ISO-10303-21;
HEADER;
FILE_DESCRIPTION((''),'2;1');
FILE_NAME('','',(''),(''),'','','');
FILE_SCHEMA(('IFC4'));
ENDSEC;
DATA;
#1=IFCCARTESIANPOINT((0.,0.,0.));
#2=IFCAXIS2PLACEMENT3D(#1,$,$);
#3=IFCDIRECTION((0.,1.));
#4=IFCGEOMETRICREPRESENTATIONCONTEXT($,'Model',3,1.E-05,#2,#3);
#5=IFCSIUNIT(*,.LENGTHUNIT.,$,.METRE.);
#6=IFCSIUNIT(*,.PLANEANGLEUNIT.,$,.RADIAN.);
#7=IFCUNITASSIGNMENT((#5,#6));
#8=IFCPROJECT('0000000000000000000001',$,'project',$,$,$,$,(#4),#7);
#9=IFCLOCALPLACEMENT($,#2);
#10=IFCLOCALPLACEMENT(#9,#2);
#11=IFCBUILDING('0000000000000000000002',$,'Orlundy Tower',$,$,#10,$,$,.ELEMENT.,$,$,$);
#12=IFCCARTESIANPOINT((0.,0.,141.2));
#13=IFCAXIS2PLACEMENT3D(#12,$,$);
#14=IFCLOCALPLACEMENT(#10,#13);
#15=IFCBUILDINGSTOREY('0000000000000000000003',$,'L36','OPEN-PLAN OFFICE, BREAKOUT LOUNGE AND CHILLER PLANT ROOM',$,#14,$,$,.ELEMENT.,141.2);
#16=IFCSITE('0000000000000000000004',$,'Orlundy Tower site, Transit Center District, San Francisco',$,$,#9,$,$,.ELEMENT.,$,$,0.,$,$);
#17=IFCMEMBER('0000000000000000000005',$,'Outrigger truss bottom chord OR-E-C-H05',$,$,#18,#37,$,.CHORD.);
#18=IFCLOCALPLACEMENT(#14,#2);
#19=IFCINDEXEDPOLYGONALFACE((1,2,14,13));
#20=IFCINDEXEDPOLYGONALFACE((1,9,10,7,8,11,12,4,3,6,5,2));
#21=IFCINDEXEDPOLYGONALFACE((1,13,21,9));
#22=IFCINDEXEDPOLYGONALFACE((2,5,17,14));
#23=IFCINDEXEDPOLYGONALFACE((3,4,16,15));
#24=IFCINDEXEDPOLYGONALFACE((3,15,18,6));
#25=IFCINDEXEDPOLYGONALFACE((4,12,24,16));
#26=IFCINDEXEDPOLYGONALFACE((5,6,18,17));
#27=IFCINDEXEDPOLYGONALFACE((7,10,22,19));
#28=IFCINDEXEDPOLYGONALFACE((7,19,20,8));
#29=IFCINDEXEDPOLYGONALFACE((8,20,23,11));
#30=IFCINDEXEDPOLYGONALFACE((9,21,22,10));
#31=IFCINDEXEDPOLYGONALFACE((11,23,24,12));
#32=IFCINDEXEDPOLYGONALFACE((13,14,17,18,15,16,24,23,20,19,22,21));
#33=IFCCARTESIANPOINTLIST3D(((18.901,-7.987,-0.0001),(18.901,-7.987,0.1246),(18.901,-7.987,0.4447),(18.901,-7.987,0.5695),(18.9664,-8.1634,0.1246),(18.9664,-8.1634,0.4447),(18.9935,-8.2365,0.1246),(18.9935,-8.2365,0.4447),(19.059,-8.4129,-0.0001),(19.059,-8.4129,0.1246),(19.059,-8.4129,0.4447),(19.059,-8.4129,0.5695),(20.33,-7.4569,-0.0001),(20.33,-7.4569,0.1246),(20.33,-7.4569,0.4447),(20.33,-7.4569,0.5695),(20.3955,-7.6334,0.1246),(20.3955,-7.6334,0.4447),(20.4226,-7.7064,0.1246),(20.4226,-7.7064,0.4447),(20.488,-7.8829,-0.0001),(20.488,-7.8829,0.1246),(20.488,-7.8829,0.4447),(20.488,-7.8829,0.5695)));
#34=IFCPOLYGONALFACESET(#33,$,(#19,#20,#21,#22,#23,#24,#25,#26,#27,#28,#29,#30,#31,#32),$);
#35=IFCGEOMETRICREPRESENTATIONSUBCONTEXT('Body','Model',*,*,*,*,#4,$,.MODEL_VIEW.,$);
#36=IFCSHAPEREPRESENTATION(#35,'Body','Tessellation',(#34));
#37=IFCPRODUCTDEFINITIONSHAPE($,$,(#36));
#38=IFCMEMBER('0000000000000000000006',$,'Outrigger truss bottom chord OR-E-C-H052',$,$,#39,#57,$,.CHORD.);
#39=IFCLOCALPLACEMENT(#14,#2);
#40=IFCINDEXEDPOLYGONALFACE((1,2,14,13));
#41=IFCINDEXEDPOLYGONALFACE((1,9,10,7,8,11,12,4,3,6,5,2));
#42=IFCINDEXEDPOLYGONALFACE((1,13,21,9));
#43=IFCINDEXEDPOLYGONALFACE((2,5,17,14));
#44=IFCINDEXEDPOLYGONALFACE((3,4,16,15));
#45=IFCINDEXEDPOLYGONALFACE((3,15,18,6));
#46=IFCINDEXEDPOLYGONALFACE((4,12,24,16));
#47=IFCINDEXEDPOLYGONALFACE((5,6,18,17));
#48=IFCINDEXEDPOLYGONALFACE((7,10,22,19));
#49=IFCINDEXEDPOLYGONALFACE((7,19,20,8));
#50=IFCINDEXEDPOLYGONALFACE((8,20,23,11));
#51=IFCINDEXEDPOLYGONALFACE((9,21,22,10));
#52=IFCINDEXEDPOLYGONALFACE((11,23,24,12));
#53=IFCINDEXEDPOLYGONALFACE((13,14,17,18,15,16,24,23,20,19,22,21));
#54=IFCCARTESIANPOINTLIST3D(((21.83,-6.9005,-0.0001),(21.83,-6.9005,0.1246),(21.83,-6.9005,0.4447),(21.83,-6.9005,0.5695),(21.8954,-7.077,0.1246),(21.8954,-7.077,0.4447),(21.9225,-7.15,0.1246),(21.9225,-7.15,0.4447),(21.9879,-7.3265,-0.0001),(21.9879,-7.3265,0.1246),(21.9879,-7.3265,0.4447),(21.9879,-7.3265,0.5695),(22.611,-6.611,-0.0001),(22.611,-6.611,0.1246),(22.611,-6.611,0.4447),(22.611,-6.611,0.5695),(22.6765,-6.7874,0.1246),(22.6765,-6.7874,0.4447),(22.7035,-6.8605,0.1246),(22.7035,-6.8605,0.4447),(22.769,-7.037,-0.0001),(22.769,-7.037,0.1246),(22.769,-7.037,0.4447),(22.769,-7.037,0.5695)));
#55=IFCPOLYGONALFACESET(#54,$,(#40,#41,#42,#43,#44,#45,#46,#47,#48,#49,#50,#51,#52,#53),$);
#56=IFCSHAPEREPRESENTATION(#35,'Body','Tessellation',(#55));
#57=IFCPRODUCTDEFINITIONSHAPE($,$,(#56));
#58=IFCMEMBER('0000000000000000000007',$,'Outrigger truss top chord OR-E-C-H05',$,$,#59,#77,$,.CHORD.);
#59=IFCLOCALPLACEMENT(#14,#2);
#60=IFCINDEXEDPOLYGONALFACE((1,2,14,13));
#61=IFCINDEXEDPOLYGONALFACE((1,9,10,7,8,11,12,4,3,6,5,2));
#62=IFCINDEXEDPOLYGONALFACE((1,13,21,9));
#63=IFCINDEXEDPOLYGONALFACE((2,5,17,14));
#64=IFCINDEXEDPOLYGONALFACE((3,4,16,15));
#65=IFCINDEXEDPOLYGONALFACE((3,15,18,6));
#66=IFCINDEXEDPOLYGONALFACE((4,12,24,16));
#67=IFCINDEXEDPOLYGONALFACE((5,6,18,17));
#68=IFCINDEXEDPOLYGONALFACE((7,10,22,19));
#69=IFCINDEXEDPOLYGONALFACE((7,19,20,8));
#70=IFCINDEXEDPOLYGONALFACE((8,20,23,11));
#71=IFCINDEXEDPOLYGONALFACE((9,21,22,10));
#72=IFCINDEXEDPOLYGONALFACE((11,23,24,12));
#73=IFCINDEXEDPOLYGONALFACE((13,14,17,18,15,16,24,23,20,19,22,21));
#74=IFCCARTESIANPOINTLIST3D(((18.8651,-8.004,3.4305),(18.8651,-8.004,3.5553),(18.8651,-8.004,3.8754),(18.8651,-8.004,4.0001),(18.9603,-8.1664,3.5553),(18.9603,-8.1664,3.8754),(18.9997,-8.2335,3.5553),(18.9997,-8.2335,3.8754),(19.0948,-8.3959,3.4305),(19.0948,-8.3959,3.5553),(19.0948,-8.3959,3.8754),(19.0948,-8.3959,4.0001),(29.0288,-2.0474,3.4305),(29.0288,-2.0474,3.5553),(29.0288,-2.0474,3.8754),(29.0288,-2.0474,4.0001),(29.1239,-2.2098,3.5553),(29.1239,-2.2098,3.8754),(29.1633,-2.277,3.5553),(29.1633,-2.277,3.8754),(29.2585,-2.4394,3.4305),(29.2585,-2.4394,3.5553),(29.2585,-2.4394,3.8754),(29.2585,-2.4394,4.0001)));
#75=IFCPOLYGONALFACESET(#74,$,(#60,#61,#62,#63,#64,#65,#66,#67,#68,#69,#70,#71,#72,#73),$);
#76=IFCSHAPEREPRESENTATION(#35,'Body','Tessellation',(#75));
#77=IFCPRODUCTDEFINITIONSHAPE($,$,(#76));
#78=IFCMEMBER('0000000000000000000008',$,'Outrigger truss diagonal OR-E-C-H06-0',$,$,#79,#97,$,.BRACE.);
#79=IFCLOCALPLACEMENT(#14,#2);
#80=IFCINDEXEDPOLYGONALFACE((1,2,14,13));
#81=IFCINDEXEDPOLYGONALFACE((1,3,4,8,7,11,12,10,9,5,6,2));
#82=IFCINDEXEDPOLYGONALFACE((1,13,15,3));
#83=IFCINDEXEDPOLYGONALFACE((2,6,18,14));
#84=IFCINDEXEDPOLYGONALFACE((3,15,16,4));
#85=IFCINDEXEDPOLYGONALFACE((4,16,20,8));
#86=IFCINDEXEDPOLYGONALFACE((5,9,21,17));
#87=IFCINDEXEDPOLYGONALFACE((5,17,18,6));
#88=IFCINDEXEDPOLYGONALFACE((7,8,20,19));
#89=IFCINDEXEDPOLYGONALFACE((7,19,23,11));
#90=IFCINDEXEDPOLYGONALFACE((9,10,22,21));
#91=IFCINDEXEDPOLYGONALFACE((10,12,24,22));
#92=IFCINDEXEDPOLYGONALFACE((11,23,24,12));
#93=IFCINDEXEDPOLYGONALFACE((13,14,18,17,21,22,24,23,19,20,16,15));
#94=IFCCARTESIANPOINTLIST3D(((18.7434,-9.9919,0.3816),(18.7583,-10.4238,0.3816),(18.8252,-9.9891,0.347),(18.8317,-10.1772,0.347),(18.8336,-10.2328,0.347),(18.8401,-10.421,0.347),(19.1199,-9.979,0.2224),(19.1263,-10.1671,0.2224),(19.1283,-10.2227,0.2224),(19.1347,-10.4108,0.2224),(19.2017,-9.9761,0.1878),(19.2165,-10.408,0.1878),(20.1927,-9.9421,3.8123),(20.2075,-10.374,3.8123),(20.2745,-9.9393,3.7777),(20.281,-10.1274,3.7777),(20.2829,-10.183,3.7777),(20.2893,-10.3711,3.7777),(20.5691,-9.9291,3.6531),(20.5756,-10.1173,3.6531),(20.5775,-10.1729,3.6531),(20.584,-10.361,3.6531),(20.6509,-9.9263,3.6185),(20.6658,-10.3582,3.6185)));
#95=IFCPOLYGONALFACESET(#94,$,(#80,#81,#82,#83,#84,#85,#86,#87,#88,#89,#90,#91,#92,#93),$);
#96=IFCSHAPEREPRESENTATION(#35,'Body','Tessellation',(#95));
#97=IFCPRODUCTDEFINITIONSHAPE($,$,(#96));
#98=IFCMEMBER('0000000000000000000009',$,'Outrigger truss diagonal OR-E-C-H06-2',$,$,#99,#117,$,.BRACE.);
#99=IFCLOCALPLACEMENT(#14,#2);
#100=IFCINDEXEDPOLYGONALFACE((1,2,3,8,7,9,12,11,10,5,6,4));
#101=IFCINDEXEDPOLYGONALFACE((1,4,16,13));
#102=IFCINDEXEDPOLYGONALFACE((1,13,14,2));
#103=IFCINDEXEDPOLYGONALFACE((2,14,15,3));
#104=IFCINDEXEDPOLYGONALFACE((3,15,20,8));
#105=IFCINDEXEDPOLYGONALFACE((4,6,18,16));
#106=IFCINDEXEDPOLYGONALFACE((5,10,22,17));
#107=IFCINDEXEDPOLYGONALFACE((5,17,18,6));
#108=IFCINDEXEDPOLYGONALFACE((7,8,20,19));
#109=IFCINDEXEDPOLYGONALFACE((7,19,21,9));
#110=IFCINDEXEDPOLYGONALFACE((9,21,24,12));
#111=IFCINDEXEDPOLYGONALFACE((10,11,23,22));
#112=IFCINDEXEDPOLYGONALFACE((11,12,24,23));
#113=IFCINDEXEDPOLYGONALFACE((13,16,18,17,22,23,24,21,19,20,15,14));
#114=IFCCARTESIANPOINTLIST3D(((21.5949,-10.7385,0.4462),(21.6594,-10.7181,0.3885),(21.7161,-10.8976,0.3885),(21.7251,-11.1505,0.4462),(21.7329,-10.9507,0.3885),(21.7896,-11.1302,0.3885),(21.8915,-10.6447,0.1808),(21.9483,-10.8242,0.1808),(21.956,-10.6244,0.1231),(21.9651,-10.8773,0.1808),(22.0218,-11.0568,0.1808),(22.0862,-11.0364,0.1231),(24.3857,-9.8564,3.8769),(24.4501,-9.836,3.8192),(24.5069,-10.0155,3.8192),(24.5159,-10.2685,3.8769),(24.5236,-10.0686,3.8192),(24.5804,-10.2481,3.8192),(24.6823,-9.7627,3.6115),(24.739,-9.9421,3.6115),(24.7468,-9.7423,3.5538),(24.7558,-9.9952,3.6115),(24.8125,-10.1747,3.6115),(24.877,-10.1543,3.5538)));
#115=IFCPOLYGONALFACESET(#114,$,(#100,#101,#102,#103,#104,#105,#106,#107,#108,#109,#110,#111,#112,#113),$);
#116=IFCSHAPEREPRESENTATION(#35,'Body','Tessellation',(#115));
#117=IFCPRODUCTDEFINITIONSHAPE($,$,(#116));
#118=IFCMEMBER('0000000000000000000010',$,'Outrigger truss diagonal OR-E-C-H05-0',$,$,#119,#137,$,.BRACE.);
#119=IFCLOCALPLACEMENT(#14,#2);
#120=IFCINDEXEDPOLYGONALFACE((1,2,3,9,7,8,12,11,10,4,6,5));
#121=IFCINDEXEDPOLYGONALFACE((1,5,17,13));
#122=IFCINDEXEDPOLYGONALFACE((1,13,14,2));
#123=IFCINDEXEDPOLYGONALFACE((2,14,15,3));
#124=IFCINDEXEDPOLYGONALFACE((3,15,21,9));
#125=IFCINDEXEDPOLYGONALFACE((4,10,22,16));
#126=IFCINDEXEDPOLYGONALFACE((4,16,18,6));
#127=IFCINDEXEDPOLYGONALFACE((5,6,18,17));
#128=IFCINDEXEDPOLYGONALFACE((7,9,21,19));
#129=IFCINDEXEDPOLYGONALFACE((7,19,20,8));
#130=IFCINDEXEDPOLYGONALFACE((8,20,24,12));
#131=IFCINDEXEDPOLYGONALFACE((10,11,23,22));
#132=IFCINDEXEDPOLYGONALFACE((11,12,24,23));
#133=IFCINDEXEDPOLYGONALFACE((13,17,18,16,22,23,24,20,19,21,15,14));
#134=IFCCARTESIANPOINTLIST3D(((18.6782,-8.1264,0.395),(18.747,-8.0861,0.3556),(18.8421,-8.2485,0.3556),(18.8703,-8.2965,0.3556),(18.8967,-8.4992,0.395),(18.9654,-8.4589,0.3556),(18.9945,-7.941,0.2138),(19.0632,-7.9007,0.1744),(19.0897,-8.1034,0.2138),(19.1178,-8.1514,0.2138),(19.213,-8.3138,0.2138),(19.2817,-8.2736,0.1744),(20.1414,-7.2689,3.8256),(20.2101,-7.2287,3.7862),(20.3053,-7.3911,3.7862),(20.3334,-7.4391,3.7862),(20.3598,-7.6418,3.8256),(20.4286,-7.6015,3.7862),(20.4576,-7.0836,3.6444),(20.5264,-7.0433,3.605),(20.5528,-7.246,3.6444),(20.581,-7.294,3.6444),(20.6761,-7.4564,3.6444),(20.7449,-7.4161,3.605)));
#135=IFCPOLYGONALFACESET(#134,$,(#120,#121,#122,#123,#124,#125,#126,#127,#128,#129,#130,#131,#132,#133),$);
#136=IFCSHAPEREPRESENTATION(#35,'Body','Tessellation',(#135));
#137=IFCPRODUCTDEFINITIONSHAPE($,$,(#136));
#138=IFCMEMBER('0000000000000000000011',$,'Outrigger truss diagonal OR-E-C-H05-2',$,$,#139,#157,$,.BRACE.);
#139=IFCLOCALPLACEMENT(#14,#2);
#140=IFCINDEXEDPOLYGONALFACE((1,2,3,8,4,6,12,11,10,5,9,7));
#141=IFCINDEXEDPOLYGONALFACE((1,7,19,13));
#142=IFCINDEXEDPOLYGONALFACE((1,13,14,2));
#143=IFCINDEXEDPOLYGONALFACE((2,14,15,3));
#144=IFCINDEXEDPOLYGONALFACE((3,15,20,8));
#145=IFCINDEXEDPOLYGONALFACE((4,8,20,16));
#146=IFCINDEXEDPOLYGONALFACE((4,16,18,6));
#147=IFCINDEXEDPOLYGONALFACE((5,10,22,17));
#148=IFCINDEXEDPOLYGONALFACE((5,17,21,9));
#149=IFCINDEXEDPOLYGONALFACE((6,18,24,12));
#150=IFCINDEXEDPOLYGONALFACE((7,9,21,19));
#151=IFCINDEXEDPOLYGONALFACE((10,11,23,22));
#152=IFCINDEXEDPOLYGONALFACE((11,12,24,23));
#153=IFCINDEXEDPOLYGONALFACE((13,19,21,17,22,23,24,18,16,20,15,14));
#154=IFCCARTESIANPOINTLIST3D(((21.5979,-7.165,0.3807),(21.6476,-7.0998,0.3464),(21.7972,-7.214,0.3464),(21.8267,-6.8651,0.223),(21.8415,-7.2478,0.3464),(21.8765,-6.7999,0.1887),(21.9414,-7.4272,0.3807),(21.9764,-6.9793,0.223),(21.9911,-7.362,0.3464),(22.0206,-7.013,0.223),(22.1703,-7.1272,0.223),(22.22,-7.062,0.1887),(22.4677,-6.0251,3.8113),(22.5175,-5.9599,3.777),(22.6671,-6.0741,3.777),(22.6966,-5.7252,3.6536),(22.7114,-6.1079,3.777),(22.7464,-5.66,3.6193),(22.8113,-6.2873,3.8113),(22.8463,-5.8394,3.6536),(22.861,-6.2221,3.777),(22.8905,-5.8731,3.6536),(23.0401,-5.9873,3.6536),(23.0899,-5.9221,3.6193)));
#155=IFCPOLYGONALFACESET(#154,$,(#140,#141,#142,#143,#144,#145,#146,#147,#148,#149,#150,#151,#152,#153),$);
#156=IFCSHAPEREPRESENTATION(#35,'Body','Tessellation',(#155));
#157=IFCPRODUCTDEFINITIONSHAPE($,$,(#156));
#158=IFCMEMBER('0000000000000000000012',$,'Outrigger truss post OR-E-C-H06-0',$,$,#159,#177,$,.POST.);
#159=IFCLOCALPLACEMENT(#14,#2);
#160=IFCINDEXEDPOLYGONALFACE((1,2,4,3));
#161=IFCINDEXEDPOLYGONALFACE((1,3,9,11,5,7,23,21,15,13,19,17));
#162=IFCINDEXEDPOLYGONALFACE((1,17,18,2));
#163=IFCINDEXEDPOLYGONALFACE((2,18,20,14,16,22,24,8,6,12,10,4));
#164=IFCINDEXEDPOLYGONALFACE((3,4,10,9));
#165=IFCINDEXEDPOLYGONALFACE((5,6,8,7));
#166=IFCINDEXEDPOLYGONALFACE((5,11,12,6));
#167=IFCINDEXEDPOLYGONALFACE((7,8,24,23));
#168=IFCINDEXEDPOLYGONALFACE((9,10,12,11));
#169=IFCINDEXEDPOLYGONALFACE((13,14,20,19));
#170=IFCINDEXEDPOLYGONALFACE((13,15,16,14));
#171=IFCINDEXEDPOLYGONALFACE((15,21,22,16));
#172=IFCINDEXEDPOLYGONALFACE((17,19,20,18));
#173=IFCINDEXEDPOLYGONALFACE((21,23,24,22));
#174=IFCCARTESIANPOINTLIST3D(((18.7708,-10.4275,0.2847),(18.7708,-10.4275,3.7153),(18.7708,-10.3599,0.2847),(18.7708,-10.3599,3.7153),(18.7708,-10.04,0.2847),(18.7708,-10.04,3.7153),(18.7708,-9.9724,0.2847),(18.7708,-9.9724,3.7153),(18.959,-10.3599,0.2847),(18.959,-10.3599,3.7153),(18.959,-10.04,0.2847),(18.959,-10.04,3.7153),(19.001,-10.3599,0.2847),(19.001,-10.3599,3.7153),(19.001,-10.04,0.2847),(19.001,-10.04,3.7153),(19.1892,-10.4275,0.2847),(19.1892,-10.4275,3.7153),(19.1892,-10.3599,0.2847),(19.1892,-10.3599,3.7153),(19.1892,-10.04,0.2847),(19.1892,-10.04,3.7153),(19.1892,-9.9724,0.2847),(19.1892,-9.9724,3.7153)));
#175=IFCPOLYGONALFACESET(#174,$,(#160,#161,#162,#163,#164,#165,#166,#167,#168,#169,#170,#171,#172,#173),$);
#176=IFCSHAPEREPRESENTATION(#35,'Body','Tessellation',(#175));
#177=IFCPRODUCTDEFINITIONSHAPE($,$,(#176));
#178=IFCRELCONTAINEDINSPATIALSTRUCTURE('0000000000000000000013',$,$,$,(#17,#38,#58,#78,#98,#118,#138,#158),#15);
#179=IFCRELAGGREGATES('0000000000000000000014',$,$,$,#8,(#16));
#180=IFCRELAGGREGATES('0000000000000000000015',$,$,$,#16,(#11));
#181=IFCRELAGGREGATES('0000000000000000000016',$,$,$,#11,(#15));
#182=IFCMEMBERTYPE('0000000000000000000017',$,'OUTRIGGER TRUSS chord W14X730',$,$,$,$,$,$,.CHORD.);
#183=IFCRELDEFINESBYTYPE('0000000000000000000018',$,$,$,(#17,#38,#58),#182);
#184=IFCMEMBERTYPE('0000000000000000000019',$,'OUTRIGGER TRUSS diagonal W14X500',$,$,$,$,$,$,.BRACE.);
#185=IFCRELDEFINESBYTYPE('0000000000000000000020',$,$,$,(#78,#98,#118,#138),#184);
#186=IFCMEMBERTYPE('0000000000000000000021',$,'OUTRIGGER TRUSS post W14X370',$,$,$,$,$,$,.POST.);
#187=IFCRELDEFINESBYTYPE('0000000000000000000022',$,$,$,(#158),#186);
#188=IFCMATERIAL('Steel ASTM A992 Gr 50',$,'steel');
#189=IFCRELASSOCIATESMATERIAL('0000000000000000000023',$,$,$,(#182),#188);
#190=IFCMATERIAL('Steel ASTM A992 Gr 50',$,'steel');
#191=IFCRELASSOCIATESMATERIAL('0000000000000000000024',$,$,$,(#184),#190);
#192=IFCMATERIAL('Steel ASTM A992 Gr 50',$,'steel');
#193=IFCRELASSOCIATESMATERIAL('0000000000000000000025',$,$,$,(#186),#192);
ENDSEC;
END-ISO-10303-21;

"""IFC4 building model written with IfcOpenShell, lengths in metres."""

from ifc_helpers import new_model, si_unit, direction, frame, origin, origin_2d, place, context, subcontext, project, spatial, i_section, extrude, material, material_profile, profile_set, type_object, element, save


model = new_model("IFC4")

# Units and contexts
model_context = context("Model", 3, precision=1e-05, world=origin(), true_north=direction((0.0, 1.0)))
body_context = subcontext(model_context, "Body", "Model", "MODEL_VIEW")
ifc_project = project(units=[si_unit("LENGTHUNIT", "METRE"), si_unit("PLANEANGLEUNIT", "RADIAN")], contexts=[model_context])

# Site, building, storey
site_placement = place(None, origin())
site = spatial("IfcSite", under=ifc_project, at=site_placement, Name="Orlundy Tower site, Transit Center District, San Francisco", CompositionType="ELEMENT", RefElevation=0.0)
building_placement = place(site_placement, origin())
building = spatial("IfcBuilding", under=site, at=building_placement, Name="Orlundy Tower", CompositionType="ELEMENT")
storey_placement = place(building_placement, frame((0.0, 0.0, 141.2)))
storey = spatial("IfcBuildingStorey", under=building, at=storey_placement, Name="L36", Description="OPEN-PLAN OFFICE, BREAKOUT LOUNGE AND CHILLER PLANT ROOM", CompositionType="ELEMENT", Elevation=141.2)

# Members
ifc_material_1 = material(Name="Steel ASTM A992 Gr 50", Category="steel")
ifc_material_profile_1 = material_profile(ifc_material_1, i_section(OverallWidth=0.4543, OverallDepth=0.5696, WebThickness=0.0779, FlangeThickness=0.1248, at=origin_2d()), Name="W14X730")
ifc_profile_set_1 = profile_set([ifc_material_profile_1], Name="Steel ASTM A992 Gr 50")
member_type_1 = type_object("IfcMemberType", Name="OUTRIGGER TRUSS chord W14X730", PredefinedType="CHORD", material=ifc_profile_set_1)
member_1_placement = place(storey_placement, frame((18.98, -8.2, 0.2847), z_axis=(0.937581, 0.347768, 0.0), x_axis=(-0.347768, 0.937581, 0.0)))
element("IfcMember", 1, at=member_1_placement, inside=storey, type_object=member_type_1, Name="Outrigger truss bottom chord OR-E-C-H05", PredefinedType="CHORD", context=body_context, shape_type="SweptSolid", body=[
    extrude(i_section(OverallWidth=0.4543, OverallDepth=0.5696, WebThickness=0.0779, FlangeThickness=0.1248, at=origin_2d()), origin(), (0.0, 0.0, 1.0), 1.5242),
])
member_2_placement = place(storey_placement, frame((21.9089, -7.1135, 0.2847), z_axis=(0.937636, 0.34762, 0.0), x_axis=(-0.34762, 0.937636, 0.0)))
element("IfcMember", 2, at=member_2_placement, inside=storey, type_object=member_type_1, Name="Outrigger truss bottom chord OR-E-C-H052", PredefinedType="CHORD", context=body_context, shape_type="SweptSolid", body=[
    extrude(i_section(OverallWidth=0.4543, OverallDepth=0.5696, WebThickness=0.0779, FlangeThickness=0.1248, at=origin_2d()), origin(), (0.0, 0.0, 1.0), 0.833),
])
member_3_placement = place(storey_placement, frame((18.98, -8.2, 3.7153), z_axis=(0.86275, 0.50563, 0.0), x_axis=(-0.50563, 0.86275, 0.0)))
element("IfcMember", 3, at=member_3_placement, inside=storey, type_object=member_type_1, Name="Outrigger truss top chord OR-E-C-H05", PredefinedType="CHORD", context=body_context, shape_type="SweptSolid", body=[
    extrude(i_section(OverallWidth=0.4543, OverallDepth=0.5696, WebThickness=0.0779, FlangeThickness=0.1248, at=origin_2d()), origin(), (0.0, 0.0, 1.0), 11.7805),
])
ifc_material_2 = material(Name="Steel ASTM A992 Gr 50", Category="steel")
ifc_material_profile_2 = material_profile(ifc_material_2, i_section(OverallWidth=0.4321, OverallDepth=0.4978, WebThickness=0.0557, FlangeThickness=0.0889, at=origin_2d()), Name="W14X500")
ifc_profile_set_2 = profile_set([ifc_material_profile_2], Name="Steel ASTM A992 Gr 50")
member_type_2 = type_object("IfcMemberType", Name="OUTRIGGER TRUSS diagonal W14X500", PredefinedType="BRACE", material=ifc_profile_set_2)
member_4_placement = place(storey_placement, frame((18.98, -10.2, 0.2847), z_axis=(0.3891, 0.013372, 0.921098), x_axis=(-0.034346, 0.99941, 0.0)))
element("IfcMember", 4, at=member_4_placement, inside=storey, type_object=member_type_2, Name="Outrigger truss diagonal OR-E-C-H06-0", PredefinedType="BRACE", context=body_context, shape_type="SweptSolid", body=[
    extrude(i_section(OverallWidth=0.4321, OverallDepth=0.4978, WebThickness=0.0557, FlangeThickness=0.0889, at=origin_2d()), origin(), (0.0, 0.0, 1.0), 3.7246),
])
member_5_placement = place(storey_placement, frame((21.8406, -10.8875, 0.2847), z_axis=(0.61886, 0.195603, 0.760757), x_axis=(-0.301375, 0.953506, 0.0)))
element("IfcMember", 5, at=member_5_placement, inside=storey, type_object=member_type_2, Name="Outrigger truss diagonal OR-E-C-H06-2", PredefinedType="BRACE", context=body_context, shape_type="SweptSolid", body=[
    extrude(i_section(OverallWidth=0.4321, OverallDepth=0.4978, WebThickness=0.0557, FlangeThickness=0.0889, at=origin_2d()), origin(), (0.0, 0.0, 1.0), 4.5095),
])
member_6_placement = place(storey_placement, frame((18.98, -8.2, 0.2847), z_axis=(0.382326, 0.22405, 0.896453), x_axis=(-0.505598, 0.862769, 0.0)))
element("IfcMember", 6, at=member_6_placement, inside=storey, type_object=member_type_2, Name="Outrigger truss diagonal OR-E-C-H05-0", PredefinedType="BRACE", context=body_context, shape_type="SweptSolid", body=[
    extrude(i_section(OverallWidth=0.4321, OverallDepth=0.4978, WebThickness=0.0557, FlangeThickness=0.0889, at=origin_2d()), origin(), (0.0, 0.0, 1.0), 3.8269),
])
member_7_placement = place(storey_placement, frame((21.9089, -7.1135, 0.2847), z_axis=(0.233946, 0.306566, 0.922652), x_axis=(-0.794966, 0.606653, 0.0)))
element("IfcMember", 7, at=member_7_placement, inside=storey, type_object=member_type_2, Name="Outrigger truss diagonal OR-E-C-H05-2", PredefinedType="BRACE", context=body_context, shape_type="SweptSolid", body=[
    extrude(i_section(OverallWidth=0.4321, OverallDepth=0.4978, WebThickness=0.0557, FlangeThickness=0.0889, at=origin_2d()), origin(), (0.0, 0.0, 1.0), 3.7183),
])
ifc_material_3 = material(Name="Steel ASTM A992 Gr 50", Category="steel")
ifc_material_profile_3 = material_profile(ifc_material_3, i_section(OverallWidth=0.4185, OverallDepth=0.4551, WebThickness=0.042, FlangeThickness=0.0676, at=origin_2d()), Name="W14X370")
ifc_profile_set_3 = profile_set([ifc_material_profile_3], Name="Steel ASTM A992 Gr 50")
member_type_3 = type_object("IfcMemberType", Name="OUTRIGGER TRUSS post W14X370", PredefinedType="POST", material=ifc_profile_set_3)
for number, where, z_axis, x_axis, name in (
    (8, (18.98, -10.2, 0.2847), (0.0, 0.0, 1.0), (1.0, 0.0, 0.0), "Outrigger truss post OR-E-C-H06-0"),
):
    element("IfcMember", number, at=place(storey_placement, frame(where, z_axis=z_axis, x_axis=x_axis)), inside=storey, type_object=member_type_3, Name=name, PredefinedType="POST", context=body_context, shape_type="SweptSolid", body=[
        extrude(i_section(OverallWidth=0.4185, OverallDepth=0.4551, WebThickness=0.042, FlangeThickness=0.0676, at=origin_2d()), origin(), (0.0, 0.0, 1.0), 3.4307),
    ])

save(model, "model.ifc")
